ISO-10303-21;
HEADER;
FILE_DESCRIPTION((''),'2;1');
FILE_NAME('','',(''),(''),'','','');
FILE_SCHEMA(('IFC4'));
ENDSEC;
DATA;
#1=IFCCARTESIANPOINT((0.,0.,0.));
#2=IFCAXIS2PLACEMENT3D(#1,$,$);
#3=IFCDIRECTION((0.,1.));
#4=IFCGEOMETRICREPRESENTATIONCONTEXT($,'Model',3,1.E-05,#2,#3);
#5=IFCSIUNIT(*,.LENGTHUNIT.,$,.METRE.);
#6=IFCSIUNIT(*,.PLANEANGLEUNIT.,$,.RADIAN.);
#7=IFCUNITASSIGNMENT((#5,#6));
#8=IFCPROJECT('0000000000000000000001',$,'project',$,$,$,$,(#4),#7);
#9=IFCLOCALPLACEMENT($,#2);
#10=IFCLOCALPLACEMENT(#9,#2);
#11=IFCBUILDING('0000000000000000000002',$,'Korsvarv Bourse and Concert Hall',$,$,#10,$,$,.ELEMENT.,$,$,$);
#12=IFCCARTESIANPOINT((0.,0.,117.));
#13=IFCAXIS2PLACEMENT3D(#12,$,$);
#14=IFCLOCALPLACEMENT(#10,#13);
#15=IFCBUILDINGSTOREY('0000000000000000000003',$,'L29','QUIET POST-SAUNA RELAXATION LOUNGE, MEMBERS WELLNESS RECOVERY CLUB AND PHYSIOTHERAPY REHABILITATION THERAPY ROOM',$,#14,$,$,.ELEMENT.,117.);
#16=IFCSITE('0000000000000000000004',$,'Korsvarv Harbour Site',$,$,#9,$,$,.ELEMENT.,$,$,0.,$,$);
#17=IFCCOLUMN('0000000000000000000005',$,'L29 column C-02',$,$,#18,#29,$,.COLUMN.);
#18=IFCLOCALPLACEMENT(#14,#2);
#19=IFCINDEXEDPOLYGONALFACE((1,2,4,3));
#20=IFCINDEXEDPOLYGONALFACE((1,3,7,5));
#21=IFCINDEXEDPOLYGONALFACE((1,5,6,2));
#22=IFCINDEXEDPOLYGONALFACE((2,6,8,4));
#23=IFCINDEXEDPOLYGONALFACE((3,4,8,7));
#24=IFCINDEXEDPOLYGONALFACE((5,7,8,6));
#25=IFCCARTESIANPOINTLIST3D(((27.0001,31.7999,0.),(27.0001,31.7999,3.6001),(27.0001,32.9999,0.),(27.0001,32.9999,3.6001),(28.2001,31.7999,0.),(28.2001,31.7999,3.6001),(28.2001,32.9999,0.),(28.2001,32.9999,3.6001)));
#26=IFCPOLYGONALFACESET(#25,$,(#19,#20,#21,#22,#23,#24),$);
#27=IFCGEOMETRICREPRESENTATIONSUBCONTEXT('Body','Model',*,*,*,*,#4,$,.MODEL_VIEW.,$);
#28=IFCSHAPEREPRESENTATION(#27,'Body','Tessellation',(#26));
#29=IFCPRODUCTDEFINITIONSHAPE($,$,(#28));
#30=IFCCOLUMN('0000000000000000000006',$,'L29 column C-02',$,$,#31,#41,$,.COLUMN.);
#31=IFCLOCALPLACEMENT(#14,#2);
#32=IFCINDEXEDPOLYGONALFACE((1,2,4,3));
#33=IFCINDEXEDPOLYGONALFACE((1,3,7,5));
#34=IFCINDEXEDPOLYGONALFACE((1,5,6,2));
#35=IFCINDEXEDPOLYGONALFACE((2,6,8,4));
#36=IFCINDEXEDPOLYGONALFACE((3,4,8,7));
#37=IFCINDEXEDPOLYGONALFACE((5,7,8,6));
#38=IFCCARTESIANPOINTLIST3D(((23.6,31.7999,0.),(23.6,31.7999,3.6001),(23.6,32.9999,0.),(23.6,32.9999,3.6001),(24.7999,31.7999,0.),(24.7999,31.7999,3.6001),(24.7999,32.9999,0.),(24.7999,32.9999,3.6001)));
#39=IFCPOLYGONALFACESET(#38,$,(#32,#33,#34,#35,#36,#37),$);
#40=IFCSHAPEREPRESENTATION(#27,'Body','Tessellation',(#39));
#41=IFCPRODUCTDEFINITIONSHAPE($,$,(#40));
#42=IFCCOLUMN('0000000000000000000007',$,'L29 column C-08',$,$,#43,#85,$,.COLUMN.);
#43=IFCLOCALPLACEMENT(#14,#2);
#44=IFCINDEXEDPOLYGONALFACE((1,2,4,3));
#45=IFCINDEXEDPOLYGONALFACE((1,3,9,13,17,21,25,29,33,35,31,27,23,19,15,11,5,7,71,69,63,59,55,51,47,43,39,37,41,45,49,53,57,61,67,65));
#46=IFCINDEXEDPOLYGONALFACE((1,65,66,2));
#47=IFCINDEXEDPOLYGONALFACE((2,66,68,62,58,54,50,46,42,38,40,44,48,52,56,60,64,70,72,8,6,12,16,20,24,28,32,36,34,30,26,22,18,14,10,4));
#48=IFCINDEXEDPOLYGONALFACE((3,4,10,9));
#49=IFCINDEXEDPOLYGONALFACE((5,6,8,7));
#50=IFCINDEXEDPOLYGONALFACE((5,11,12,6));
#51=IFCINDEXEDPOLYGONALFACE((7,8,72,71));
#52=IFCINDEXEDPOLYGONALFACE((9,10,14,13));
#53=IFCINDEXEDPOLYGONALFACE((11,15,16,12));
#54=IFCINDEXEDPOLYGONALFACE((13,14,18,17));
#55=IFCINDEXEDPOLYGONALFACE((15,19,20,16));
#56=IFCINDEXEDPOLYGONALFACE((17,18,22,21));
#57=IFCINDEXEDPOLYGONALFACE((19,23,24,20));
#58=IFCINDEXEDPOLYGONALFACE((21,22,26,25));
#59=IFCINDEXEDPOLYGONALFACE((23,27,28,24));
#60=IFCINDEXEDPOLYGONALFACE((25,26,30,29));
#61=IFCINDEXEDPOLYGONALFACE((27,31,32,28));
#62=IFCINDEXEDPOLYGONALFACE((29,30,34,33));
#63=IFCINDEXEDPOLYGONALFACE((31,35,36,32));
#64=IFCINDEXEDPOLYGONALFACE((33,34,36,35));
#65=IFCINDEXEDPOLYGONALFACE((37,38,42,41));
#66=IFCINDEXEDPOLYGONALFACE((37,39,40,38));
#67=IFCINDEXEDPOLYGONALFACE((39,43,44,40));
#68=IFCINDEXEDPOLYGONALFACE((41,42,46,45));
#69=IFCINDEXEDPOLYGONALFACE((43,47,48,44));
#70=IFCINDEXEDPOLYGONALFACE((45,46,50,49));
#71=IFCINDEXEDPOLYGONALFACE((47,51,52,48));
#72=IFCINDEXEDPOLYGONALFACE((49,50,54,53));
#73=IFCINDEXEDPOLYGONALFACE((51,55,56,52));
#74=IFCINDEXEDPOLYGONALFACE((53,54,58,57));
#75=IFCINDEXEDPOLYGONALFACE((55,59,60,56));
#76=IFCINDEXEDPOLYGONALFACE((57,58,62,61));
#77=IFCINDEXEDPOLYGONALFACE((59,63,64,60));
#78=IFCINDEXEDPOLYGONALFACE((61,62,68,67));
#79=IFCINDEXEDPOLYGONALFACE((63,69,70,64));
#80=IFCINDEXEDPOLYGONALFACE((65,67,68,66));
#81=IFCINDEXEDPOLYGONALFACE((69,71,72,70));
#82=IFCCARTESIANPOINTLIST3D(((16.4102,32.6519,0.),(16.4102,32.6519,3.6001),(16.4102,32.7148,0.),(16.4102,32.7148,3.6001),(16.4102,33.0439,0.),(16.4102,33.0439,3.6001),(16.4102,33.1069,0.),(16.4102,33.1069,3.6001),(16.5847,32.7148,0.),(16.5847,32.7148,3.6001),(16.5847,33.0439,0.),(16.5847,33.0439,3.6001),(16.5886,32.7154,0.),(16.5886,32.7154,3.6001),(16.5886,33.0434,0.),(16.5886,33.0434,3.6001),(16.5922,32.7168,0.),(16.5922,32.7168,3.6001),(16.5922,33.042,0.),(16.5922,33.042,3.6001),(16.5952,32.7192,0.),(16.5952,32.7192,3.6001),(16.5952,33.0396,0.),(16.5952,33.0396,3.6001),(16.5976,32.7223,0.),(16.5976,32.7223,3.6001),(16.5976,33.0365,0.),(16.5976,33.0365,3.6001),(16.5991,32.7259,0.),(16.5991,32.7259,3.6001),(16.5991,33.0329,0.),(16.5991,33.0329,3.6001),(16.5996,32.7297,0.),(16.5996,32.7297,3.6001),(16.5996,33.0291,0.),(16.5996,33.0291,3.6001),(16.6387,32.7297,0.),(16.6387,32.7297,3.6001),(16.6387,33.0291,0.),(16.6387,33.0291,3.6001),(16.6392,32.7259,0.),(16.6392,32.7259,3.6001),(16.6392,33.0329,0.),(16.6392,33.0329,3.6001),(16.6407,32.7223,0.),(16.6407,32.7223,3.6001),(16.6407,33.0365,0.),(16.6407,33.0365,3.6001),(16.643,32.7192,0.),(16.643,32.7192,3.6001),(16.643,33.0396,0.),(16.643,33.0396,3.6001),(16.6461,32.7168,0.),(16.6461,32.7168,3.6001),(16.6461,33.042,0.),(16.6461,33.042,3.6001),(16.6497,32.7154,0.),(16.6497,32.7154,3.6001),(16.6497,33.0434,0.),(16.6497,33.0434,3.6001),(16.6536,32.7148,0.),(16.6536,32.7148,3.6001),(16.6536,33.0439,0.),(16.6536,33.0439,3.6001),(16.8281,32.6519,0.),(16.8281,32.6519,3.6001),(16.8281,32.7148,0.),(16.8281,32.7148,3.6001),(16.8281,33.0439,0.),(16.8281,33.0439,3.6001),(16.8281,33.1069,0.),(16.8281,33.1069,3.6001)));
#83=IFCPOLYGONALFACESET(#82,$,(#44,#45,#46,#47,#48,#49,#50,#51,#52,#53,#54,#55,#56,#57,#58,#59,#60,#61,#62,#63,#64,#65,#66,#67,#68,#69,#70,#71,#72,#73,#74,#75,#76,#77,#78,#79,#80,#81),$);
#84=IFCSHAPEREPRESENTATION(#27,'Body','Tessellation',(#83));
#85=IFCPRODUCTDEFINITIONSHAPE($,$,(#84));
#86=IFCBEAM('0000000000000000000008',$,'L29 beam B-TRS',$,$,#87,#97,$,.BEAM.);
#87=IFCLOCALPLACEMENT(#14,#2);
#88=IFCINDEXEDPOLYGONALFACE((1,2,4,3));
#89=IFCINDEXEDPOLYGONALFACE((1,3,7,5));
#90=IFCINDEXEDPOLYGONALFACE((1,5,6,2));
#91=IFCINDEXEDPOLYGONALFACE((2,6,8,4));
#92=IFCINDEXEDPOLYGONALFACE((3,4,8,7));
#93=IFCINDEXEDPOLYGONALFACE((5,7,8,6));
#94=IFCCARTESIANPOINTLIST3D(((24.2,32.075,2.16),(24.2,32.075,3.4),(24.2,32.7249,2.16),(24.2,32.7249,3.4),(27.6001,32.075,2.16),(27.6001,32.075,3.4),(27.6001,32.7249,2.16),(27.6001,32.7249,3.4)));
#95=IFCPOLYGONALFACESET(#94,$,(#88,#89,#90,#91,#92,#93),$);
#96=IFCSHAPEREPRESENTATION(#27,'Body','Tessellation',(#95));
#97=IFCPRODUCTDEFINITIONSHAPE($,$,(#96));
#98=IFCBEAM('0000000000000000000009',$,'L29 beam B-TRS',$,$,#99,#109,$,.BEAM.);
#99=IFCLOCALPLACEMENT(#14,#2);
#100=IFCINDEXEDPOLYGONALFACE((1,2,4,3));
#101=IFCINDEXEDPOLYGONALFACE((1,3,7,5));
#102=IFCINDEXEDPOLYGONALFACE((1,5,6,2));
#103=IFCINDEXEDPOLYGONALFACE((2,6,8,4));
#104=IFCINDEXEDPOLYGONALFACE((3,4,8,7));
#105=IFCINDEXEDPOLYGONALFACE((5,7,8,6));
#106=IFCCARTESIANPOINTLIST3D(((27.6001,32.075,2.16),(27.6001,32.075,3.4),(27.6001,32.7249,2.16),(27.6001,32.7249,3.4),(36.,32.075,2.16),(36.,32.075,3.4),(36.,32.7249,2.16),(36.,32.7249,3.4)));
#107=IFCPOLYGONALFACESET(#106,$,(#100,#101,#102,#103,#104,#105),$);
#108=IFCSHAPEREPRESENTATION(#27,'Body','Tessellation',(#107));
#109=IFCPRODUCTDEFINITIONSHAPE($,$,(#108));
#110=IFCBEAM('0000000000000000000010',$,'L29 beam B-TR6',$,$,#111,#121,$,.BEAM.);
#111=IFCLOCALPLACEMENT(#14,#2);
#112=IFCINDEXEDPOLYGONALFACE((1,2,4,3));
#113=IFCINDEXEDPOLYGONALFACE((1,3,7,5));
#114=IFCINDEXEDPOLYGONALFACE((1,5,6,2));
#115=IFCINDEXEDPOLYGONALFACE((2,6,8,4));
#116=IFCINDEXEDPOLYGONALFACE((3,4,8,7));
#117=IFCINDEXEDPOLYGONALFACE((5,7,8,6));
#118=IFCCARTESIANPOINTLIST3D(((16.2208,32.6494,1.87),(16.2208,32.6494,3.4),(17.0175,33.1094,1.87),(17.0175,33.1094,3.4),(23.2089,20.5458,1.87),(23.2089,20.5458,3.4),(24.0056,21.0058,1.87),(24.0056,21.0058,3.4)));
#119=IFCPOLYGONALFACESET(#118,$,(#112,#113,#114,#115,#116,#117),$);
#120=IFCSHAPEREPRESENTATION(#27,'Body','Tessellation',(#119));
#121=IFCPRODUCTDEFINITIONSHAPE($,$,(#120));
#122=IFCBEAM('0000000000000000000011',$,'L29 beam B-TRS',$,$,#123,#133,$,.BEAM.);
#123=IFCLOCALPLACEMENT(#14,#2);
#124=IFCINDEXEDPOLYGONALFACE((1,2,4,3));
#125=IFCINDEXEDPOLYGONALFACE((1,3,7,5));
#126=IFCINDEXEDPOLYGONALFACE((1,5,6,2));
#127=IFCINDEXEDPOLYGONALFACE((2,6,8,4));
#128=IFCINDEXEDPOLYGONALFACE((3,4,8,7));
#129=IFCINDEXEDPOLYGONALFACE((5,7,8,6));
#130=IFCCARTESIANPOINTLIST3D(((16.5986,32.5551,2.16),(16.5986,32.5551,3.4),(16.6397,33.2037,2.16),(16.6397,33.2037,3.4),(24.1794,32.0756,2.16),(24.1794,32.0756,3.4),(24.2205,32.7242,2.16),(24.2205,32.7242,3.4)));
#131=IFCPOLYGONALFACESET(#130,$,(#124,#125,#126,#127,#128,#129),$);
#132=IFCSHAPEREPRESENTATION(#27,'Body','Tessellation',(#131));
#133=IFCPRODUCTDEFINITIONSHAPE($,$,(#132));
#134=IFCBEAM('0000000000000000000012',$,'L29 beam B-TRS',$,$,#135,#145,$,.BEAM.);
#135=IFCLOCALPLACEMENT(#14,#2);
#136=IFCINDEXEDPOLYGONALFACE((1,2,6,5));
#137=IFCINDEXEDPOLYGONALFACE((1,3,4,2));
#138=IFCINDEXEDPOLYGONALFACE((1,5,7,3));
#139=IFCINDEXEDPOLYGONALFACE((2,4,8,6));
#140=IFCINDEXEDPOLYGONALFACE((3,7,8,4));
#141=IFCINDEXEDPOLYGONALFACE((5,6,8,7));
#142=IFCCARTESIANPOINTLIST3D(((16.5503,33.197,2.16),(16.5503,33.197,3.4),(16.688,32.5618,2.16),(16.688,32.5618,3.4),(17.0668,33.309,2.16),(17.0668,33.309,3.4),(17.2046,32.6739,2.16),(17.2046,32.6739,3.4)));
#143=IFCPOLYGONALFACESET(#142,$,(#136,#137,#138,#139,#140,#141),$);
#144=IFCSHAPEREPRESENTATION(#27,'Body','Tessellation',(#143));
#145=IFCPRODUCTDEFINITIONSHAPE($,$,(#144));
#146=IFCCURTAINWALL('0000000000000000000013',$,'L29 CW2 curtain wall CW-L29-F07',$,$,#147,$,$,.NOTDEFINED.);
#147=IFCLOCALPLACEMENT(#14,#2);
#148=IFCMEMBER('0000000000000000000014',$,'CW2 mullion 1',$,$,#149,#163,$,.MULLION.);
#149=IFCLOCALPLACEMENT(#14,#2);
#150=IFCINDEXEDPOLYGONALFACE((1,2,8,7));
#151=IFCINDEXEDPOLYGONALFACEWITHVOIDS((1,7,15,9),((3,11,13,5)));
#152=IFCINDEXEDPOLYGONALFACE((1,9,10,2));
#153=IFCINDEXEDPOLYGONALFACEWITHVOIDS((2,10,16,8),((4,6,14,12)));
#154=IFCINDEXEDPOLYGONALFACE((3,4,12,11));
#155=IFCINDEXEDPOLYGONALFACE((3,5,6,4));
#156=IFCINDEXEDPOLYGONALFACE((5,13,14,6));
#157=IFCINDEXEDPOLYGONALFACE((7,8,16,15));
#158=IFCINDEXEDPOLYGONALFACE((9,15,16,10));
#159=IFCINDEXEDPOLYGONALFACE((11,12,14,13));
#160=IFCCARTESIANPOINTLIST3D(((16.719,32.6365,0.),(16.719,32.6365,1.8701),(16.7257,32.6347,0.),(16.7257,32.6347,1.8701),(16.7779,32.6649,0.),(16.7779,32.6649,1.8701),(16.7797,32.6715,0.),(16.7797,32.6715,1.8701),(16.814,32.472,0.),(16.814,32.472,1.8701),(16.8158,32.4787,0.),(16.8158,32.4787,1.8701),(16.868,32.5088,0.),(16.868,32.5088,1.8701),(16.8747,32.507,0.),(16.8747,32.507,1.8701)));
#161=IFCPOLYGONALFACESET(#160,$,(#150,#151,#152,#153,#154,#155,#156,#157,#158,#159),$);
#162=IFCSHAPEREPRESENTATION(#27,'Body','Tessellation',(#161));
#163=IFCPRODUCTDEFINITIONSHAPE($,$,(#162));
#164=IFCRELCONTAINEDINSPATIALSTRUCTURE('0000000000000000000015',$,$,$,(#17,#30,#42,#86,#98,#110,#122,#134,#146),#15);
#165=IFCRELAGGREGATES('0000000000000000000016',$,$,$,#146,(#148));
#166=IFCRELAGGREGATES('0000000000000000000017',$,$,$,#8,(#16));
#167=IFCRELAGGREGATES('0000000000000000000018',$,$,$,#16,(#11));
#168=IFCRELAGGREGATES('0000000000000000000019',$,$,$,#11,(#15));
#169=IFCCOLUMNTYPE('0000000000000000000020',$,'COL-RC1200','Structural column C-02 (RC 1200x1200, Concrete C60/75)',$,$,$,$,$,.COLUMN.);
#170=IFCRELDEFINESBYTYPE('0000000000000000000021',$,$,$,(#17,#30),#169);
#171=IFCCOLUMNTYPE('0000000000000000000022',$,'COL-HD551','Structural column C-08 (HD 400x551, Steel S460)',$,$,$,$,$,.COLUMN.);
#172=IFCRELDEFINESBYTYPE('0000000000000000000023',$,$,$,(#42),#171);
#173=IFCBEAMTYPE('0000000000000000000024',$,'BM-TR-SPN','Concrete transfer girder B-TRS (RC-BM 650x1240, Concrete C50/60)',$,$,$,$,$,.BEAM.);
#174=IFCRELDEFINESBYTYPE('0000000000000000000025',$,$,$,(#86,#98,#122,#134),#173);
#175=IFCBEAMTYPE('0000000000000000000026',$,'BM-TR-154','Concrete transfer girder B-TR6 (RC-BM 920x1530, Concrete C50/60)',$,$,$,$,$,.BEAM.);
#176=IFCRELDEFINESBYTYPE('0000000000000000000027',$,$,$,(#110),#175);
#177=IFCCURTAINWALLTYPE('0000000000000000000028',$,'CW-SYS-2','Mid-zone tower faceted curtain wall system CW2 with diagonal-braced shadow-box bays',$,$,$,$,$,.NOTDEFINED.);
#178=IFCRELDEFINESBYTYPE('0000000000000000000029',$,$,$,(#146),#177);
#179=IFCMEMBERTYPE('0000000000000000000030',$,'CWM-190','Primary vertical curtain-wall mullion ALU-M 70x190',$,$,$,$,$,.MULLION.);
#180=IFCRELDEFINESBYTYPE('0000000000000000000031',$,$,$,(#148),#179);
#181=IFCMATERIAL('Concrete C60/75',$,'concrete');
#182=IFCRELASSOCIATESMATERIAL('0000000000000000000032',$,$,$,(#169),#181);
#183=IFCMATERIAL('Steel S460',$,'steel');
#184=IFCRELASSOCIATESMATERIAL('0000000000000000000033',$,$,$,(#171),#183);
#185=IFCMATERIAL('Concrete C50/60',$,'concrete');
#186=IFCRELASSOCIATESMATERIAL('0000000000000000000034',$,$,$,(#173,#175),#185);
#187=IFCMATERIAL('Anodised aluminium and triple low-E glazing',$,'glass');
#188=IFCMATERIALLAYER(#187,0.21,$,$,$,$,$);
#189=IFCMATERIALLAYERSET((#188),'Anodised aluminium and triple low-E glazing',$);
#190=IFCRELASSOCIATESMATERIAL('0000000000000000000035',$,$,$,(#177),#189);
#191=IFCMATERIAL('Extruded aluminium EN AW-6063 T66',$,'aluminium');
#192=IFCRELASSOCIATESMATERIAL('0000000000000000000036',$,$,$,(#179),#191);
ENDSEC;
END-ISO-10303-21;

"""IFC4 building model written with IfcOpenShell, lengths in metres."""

from ifc_helpers import new_model, si_unit, direction, frame, origin, origin_2d, place, context, subcontext, project, spatial, rectangle, hollow_rectangle, i_section, extrude, source, transform, mapped, material, layer, layer_set, material_profile, profile_set, type_object, element, aggregate, save


model = new_model("IFC4")

# Units and contexts
model_context = context("Model", 3, precision=1e-05, world=origin(), true_north=direction((0.0, 1.0)))
body_context = subcontext(model_context, "Body", "Model", "MODEL_VIEW")
ifc_project = project(units=[si_unit("LENGTHUNIT", "METRE"), si_unit("PLANEANGLEUNIT", "RADIAN")], contexts=[model_context])

# Site, building, storey
site_placement = place(None, origin())
site = spatial("IfcSite", under=ifc_project, at=site_placement, Name="Korsvarv Harbour Site", CompositionType="ELEMENT", RefElevation=0.0)
building_placement = place(site_placement, origin())
building = spatial("IfcBuilding", under=site, at=building_placement, Name="Korsvarv Bourse and Concert Hall", CompositionType="ELEMENT")
storey_placement = place(building_placement, frame((0.0, 0.0, 117.0)))
storey = spatial("IfcBuildingStorey", under=building, at=storey_placement, Name="L29", Description="QUIET POST-SAUNA RELAXATION LOUNGE, MEMBERS WELLNESS RECOVERY CLUB AND PHYSIOTHERAPY REHABILITATION THERAPY ROOM", CompositionType="ELEMENT", Elevation=117.0)

# Columns
ifc_material_1 = material(Name="Concrete C60/75", Category="concrete")
ifc_material_profile_1 = material_profile(ifc_material_1, rectangle(XDim=1.2, YDim=1.2, at=origin_2d()), Name="RC 1200x1200")
ifc_profile_set_1 = profile_set([ifc_material_profile_1], Name="Concrete C60/75")
column_type_1 = type_object("IfcColumnType", Name="COL-RC1200", Description="Structural column C-02 (RC 1200x1200, Concrete C60/75)", PredefinedType="COLUMN", material=ifc_profile_set_1)
shared_shape_1 = source(origin(), body_context, "Body", "SweptSolid", [
    extrude(rectangle(XDim=1.2, YDim=1.2, at=origin_2d()), origin(), (0.0, 0.0, 1.0), 3.6001),
])
for number, where, z_axis, x_axis, name in (
    (1, (27.6001, 32.3999, 0.0), (0.0, 0.0, 1.0), (1.0, 0.0, 0.0), "L29 column C-02"),
    (2, (24.2, 32.3999, 0.0), (0.0, 0.0, 1.0), (1.0, 0.0, 0.0), "L29 column C-02"),
):
    element("IfcColumn", number, at=place(storey_placement, frame(where, z_axis=z_axis, x_axis=x_axis)), inside=storey, type_object=column_type_1, Name=name, PredefinedType="COLUMN", context=body_context, shape_type="MappedRepresentation", body=[
        mapped(shared_shape_1, transform((0.0, 0.0, 0.0), scale=1.0)),
    ])
ifc_material_2 = material(Name="Steel S460", Category="steel")
ifc_material_profile_2 = material_profile(ifc_material_2, i_section(OverallWidth=0.418, OverallDepth=0.4551, WebThickness=0.0391, FlangeThickness=0.063, FilletRadius=0.0149, at=origin_2d()), Name="HD 400x551")
ifc_profile_set_2 = profile_set([ifc_material_profile_2], Name="Steel S460")
column_type_2 = type_object("IfcColumnType", Name="COL-HD551", Description="Structural column C-08 (HD 400x551, Steel S460)", PredefinedType="COLUMN", material=ifc_profile_set_2)
shared_shape_2 = source(origin(), body_context, "Body", "SweptSolid", [
    extrude(i_section(OverallWidth=0.418, OverallDepth=0.4551, WebThickness=0.0391, FlangeThickness=0.063, FilletRadius=0.0149, at=origin_2d()), origin(), (0.0, 0.0, 1.0), 3.6001),
])
column_placement = place(storey_placement, frame((16.6191, 32.8794, 0.0), z_axis=(0.0, 0.0, 1.0), x_axis=(1.0, 0.0, 0.0)))
element("IfcColumn", 3, at=column_placement, inside=storey, type_object=column_type_2, Name="L29 column C-08", PredefinedType="COLUMN", context=body_context, shape_type="MappedRepresentation", body=[
    mapped(shared_shape_2, transform((0.0, 0.0, 0.0), scale=1.0)),
])

# Beams
ifc_material_3 = material(Name="Concrete C50/60", Category="concrete")
ifc_material_profile_3 = material_profile(ifc_material_3, rectangle(XDim=0.6499, YDim=1.24, at=origin_2d()), Name="RC-BM 650x1240")
ifc_profile_set_3 = profile_set([ifc_material_profile_3], Name="Concrete C50/60")
beam_type_1 = type_object("IfcBeamType", Name="BM-TR-SPN", Description="Concrete transfer girder B-TRS (RC-BM 650x1240, Concrete C50/60)", PredefinedType="BEAM", material=ifc_profile_set_3)
shared_shape_3 = source(origin(), body_context, "Body", "SweptSolid", [
    extrude(rectangle(XDim=0.6499, YDim=1.24, at=origin_2d()), origin(), (0.0, 0.0, 1.0), 3.4001),
])
beam_1_placement = place(storey_placement, frame((24.2, 32.3999, 2.78), z_axis=(1.0, 0.0, 0.0), x_axis=(0.0, 1.0, 0.0)))
element("IfcBeam", 4, at=beam_1_placement, inside=storey, type_object=beam_type_1, Name="L29 beam B-TRS", PredefinedType="BEAM", context=body_context, shape_type="MappedRepresentation", body=[
    mapped(shared_shape_3, transform((0.0, 0.0, 0.0), scale=1.0)),
])
shared_shape_4 = source(origin(), body_context, "Body", "SweptSolid", [
    extrude(rectangle(XDim=0.6499, YDim=1.24, at=origin_2d()), origin(), (0.0, 0.0, 1.0), 8.3999),
])
beam_2_placement = place(storey_placement, frame((27.6001, 32.3999, 2.78), z_axis=(1.0, 0.0, 0.0), x_axis=(0.0, 1.0, 0.0)))
element("IfcBeam", 5, at=beam_2_placement, inside=storey, type_object=beam_type_1, Name="L29 beam B-TRS", PredefinedType="BEAM", context=body_context, shape_type="MappedRepresentation", body=[
    mapped(shared_shape_4, transform((0.0, 0.0, 0.0), scale=1.0)),
])
ifc_material_profile_4 = material_profile(ifc_material_3, rectangle(XDim=0.9199, YDim=1.53, at=origin_2d()), Name="RC-BM 920x1530")
ifc_profile_set_4 = profile_set([ifc_material_profile_4], Name="Concrete C50/60")
beam_type_2 = type_object("IfcBeamType", Name="BM-TR-154", Description="Concrete transfer girder B-TR6 (RC-BM 920x1530, Concrete C50/60)", PredefinedType="BEAM", material=ifc_profile_set_4)
shared_shape_5 = source(origin(), body_context, "Body", "SweptSolid", [
    extrude(rectangle(XDim=0.9199, YDim=1.53, at=origin_2d()), origin(), (0.0, 0.0, 1.0), 13.9761),
])
beam_3_placement = place(storey_placement, frame((16.6191, 32.8794, 2.635), z_axis=(0.500004, -0.866023, 0.0), x_axis=(0.866023, 0.500004, 0.0)))
element("IfcBeam", 6, at=beam_3_placement, inside=storey, type_object=beam_type_2, Name="L29 beam B-TR6", PredefinedType="BEAM", context=body_context, shape_type="MappedRepresentation", body=[
    mapped(shared_shape_5, transform((0.0, 0.0, 0.0), scale=1.0)),
])
shared_shape_6 = source(origin(), body_context, "Body", "SweptSolid", [
    extrude(rectangle(XDim=0.6499, YDim=1.24, at=origin_2d()), origin(), (0.0, 0.0, 1.0), 7.5959),
])
beam_4_placement = place(storey_placement, frame((16.6191, 32.8794, 2.78), z_axis=(0.998006, -0.063125, 0.0), x_axis=(0.063125, 0.998006, 0.0)))
element("IfcBeam", 7, at=beam_4_placement, inside=storey, type_object=beam_type_1, Name="L29 beam B-TRS", PredefinedType="BEAM", context=body_context, shape_type="MappedRepresentation", body=[
    mapped(shared_shape_6, transform((0.0, 0.0, 0.0), scale=1.0)),
])
shared_shape_7 = source(origin(), body_context, "Body", "SweptSolid", [
    extrude(rectangle(XDim=0.6499, YDim=1.24, at=origin_2d()), origin(), (0.0, 0.0, 1.0), 0.5286),
])
beam_5_placement = place(storey_placement, frame((16.6191, 32.8794, 2.78), z_axis=(0.977272, 0.211989, 0.0), x_axis=(-0.211989, 0.977272, 0.0)))
element("IfcBeam", 8, at=beam_5_placement, inside=storey, type_object=beam_type_1, Name="L29 beam B-TRS", PredefinedType="BEAM", context=body_context, shape_type="MappedRepresentation", body=[
    mapped(shared_shape_7, transform((0.0, 0.0, 0.0), scale=1.0)),
])

# Curtain wall, member
ifc_material_4 = material(Name="Anodised aluminium and triple low-E glazing", Category="glass")
ifc_layer_1 = layer(ifc_material_4, 0.21)
ifc_layer_set_1 = layer_set([ifc_layer_1], Name="Anodised aluminium and triple low-E glazing")
curtain_wall_type = type_object("IfcCurtainWallType", Name="CW-SYS-2", Description="Mid-zone tower faceted curtain wall system CW2 with diagonal-braced shadow-box bays", PredefinedType="NOTDEFINED", material=ifc_layer_set_1)
curtain_wall_placement = place(storey_placement, origin())
curtain_wall = element("IfcCurtainWall", 9, at=curtain_wall_placement, inside=storey, type_object=curtain_wall_type, Name="L29 CW2 curtain wall CW-L29-F07", PredefinedType="NOTDEFINED")
ifc_material_5 = material(Name="Extruded aluminium EN AW-6063 T66", Category="aluminium")
ifc_material_profile_5 = material_profile(ifc_material_5, hollow_rectangle(XDim=0.0701, YDim=0.1899, WallThickness=0.0049, at=origin_2d()), Name="ALU-M 70x190")
ifc_profile_set_5 = profile_set([ifc_material_profile_5], Name="Extruded aluminium EN AW-6063 T66")
member_type_1 = type_object("IfcMemberType", Name="CWM-190", Description="Primary vertical curtain-wall mullion ALU-M 70x190", PredefinedType="MULLION", material=ifc_profile_set_5)
shared_shape_8 = source(origin(), body_context, "Body", "SweptSolid", [
    extrude(hollow_rectangle(XDim=0.0701, YDim=0.1899, WallThickness=0.0049, at=origin_2d()), origin(), (0.0, 0.0, 1.0), 1.8701),
])
member_1_placement = place(storey_placement, frame((16.7969, 32.5718, 0.0), z_axis=(0.0, 0.0, 1.0), x_axis=(0.866022, 0.500006, 0.0)))
member_1 = element("IfcMember", 10, at=member_1_placement, type_object=member_type_1, Name="CW2 mullion 1", PredefinedType="MULLION", context=body_context, shape_type="MappedRepresentation", body=[
    mapped(shared_shape_8, transform((0.0, 0.0, 0.0), scale=1.0)),
])
aggregate(curtain_wall, [member_1])

save(model, "model.ifc")
